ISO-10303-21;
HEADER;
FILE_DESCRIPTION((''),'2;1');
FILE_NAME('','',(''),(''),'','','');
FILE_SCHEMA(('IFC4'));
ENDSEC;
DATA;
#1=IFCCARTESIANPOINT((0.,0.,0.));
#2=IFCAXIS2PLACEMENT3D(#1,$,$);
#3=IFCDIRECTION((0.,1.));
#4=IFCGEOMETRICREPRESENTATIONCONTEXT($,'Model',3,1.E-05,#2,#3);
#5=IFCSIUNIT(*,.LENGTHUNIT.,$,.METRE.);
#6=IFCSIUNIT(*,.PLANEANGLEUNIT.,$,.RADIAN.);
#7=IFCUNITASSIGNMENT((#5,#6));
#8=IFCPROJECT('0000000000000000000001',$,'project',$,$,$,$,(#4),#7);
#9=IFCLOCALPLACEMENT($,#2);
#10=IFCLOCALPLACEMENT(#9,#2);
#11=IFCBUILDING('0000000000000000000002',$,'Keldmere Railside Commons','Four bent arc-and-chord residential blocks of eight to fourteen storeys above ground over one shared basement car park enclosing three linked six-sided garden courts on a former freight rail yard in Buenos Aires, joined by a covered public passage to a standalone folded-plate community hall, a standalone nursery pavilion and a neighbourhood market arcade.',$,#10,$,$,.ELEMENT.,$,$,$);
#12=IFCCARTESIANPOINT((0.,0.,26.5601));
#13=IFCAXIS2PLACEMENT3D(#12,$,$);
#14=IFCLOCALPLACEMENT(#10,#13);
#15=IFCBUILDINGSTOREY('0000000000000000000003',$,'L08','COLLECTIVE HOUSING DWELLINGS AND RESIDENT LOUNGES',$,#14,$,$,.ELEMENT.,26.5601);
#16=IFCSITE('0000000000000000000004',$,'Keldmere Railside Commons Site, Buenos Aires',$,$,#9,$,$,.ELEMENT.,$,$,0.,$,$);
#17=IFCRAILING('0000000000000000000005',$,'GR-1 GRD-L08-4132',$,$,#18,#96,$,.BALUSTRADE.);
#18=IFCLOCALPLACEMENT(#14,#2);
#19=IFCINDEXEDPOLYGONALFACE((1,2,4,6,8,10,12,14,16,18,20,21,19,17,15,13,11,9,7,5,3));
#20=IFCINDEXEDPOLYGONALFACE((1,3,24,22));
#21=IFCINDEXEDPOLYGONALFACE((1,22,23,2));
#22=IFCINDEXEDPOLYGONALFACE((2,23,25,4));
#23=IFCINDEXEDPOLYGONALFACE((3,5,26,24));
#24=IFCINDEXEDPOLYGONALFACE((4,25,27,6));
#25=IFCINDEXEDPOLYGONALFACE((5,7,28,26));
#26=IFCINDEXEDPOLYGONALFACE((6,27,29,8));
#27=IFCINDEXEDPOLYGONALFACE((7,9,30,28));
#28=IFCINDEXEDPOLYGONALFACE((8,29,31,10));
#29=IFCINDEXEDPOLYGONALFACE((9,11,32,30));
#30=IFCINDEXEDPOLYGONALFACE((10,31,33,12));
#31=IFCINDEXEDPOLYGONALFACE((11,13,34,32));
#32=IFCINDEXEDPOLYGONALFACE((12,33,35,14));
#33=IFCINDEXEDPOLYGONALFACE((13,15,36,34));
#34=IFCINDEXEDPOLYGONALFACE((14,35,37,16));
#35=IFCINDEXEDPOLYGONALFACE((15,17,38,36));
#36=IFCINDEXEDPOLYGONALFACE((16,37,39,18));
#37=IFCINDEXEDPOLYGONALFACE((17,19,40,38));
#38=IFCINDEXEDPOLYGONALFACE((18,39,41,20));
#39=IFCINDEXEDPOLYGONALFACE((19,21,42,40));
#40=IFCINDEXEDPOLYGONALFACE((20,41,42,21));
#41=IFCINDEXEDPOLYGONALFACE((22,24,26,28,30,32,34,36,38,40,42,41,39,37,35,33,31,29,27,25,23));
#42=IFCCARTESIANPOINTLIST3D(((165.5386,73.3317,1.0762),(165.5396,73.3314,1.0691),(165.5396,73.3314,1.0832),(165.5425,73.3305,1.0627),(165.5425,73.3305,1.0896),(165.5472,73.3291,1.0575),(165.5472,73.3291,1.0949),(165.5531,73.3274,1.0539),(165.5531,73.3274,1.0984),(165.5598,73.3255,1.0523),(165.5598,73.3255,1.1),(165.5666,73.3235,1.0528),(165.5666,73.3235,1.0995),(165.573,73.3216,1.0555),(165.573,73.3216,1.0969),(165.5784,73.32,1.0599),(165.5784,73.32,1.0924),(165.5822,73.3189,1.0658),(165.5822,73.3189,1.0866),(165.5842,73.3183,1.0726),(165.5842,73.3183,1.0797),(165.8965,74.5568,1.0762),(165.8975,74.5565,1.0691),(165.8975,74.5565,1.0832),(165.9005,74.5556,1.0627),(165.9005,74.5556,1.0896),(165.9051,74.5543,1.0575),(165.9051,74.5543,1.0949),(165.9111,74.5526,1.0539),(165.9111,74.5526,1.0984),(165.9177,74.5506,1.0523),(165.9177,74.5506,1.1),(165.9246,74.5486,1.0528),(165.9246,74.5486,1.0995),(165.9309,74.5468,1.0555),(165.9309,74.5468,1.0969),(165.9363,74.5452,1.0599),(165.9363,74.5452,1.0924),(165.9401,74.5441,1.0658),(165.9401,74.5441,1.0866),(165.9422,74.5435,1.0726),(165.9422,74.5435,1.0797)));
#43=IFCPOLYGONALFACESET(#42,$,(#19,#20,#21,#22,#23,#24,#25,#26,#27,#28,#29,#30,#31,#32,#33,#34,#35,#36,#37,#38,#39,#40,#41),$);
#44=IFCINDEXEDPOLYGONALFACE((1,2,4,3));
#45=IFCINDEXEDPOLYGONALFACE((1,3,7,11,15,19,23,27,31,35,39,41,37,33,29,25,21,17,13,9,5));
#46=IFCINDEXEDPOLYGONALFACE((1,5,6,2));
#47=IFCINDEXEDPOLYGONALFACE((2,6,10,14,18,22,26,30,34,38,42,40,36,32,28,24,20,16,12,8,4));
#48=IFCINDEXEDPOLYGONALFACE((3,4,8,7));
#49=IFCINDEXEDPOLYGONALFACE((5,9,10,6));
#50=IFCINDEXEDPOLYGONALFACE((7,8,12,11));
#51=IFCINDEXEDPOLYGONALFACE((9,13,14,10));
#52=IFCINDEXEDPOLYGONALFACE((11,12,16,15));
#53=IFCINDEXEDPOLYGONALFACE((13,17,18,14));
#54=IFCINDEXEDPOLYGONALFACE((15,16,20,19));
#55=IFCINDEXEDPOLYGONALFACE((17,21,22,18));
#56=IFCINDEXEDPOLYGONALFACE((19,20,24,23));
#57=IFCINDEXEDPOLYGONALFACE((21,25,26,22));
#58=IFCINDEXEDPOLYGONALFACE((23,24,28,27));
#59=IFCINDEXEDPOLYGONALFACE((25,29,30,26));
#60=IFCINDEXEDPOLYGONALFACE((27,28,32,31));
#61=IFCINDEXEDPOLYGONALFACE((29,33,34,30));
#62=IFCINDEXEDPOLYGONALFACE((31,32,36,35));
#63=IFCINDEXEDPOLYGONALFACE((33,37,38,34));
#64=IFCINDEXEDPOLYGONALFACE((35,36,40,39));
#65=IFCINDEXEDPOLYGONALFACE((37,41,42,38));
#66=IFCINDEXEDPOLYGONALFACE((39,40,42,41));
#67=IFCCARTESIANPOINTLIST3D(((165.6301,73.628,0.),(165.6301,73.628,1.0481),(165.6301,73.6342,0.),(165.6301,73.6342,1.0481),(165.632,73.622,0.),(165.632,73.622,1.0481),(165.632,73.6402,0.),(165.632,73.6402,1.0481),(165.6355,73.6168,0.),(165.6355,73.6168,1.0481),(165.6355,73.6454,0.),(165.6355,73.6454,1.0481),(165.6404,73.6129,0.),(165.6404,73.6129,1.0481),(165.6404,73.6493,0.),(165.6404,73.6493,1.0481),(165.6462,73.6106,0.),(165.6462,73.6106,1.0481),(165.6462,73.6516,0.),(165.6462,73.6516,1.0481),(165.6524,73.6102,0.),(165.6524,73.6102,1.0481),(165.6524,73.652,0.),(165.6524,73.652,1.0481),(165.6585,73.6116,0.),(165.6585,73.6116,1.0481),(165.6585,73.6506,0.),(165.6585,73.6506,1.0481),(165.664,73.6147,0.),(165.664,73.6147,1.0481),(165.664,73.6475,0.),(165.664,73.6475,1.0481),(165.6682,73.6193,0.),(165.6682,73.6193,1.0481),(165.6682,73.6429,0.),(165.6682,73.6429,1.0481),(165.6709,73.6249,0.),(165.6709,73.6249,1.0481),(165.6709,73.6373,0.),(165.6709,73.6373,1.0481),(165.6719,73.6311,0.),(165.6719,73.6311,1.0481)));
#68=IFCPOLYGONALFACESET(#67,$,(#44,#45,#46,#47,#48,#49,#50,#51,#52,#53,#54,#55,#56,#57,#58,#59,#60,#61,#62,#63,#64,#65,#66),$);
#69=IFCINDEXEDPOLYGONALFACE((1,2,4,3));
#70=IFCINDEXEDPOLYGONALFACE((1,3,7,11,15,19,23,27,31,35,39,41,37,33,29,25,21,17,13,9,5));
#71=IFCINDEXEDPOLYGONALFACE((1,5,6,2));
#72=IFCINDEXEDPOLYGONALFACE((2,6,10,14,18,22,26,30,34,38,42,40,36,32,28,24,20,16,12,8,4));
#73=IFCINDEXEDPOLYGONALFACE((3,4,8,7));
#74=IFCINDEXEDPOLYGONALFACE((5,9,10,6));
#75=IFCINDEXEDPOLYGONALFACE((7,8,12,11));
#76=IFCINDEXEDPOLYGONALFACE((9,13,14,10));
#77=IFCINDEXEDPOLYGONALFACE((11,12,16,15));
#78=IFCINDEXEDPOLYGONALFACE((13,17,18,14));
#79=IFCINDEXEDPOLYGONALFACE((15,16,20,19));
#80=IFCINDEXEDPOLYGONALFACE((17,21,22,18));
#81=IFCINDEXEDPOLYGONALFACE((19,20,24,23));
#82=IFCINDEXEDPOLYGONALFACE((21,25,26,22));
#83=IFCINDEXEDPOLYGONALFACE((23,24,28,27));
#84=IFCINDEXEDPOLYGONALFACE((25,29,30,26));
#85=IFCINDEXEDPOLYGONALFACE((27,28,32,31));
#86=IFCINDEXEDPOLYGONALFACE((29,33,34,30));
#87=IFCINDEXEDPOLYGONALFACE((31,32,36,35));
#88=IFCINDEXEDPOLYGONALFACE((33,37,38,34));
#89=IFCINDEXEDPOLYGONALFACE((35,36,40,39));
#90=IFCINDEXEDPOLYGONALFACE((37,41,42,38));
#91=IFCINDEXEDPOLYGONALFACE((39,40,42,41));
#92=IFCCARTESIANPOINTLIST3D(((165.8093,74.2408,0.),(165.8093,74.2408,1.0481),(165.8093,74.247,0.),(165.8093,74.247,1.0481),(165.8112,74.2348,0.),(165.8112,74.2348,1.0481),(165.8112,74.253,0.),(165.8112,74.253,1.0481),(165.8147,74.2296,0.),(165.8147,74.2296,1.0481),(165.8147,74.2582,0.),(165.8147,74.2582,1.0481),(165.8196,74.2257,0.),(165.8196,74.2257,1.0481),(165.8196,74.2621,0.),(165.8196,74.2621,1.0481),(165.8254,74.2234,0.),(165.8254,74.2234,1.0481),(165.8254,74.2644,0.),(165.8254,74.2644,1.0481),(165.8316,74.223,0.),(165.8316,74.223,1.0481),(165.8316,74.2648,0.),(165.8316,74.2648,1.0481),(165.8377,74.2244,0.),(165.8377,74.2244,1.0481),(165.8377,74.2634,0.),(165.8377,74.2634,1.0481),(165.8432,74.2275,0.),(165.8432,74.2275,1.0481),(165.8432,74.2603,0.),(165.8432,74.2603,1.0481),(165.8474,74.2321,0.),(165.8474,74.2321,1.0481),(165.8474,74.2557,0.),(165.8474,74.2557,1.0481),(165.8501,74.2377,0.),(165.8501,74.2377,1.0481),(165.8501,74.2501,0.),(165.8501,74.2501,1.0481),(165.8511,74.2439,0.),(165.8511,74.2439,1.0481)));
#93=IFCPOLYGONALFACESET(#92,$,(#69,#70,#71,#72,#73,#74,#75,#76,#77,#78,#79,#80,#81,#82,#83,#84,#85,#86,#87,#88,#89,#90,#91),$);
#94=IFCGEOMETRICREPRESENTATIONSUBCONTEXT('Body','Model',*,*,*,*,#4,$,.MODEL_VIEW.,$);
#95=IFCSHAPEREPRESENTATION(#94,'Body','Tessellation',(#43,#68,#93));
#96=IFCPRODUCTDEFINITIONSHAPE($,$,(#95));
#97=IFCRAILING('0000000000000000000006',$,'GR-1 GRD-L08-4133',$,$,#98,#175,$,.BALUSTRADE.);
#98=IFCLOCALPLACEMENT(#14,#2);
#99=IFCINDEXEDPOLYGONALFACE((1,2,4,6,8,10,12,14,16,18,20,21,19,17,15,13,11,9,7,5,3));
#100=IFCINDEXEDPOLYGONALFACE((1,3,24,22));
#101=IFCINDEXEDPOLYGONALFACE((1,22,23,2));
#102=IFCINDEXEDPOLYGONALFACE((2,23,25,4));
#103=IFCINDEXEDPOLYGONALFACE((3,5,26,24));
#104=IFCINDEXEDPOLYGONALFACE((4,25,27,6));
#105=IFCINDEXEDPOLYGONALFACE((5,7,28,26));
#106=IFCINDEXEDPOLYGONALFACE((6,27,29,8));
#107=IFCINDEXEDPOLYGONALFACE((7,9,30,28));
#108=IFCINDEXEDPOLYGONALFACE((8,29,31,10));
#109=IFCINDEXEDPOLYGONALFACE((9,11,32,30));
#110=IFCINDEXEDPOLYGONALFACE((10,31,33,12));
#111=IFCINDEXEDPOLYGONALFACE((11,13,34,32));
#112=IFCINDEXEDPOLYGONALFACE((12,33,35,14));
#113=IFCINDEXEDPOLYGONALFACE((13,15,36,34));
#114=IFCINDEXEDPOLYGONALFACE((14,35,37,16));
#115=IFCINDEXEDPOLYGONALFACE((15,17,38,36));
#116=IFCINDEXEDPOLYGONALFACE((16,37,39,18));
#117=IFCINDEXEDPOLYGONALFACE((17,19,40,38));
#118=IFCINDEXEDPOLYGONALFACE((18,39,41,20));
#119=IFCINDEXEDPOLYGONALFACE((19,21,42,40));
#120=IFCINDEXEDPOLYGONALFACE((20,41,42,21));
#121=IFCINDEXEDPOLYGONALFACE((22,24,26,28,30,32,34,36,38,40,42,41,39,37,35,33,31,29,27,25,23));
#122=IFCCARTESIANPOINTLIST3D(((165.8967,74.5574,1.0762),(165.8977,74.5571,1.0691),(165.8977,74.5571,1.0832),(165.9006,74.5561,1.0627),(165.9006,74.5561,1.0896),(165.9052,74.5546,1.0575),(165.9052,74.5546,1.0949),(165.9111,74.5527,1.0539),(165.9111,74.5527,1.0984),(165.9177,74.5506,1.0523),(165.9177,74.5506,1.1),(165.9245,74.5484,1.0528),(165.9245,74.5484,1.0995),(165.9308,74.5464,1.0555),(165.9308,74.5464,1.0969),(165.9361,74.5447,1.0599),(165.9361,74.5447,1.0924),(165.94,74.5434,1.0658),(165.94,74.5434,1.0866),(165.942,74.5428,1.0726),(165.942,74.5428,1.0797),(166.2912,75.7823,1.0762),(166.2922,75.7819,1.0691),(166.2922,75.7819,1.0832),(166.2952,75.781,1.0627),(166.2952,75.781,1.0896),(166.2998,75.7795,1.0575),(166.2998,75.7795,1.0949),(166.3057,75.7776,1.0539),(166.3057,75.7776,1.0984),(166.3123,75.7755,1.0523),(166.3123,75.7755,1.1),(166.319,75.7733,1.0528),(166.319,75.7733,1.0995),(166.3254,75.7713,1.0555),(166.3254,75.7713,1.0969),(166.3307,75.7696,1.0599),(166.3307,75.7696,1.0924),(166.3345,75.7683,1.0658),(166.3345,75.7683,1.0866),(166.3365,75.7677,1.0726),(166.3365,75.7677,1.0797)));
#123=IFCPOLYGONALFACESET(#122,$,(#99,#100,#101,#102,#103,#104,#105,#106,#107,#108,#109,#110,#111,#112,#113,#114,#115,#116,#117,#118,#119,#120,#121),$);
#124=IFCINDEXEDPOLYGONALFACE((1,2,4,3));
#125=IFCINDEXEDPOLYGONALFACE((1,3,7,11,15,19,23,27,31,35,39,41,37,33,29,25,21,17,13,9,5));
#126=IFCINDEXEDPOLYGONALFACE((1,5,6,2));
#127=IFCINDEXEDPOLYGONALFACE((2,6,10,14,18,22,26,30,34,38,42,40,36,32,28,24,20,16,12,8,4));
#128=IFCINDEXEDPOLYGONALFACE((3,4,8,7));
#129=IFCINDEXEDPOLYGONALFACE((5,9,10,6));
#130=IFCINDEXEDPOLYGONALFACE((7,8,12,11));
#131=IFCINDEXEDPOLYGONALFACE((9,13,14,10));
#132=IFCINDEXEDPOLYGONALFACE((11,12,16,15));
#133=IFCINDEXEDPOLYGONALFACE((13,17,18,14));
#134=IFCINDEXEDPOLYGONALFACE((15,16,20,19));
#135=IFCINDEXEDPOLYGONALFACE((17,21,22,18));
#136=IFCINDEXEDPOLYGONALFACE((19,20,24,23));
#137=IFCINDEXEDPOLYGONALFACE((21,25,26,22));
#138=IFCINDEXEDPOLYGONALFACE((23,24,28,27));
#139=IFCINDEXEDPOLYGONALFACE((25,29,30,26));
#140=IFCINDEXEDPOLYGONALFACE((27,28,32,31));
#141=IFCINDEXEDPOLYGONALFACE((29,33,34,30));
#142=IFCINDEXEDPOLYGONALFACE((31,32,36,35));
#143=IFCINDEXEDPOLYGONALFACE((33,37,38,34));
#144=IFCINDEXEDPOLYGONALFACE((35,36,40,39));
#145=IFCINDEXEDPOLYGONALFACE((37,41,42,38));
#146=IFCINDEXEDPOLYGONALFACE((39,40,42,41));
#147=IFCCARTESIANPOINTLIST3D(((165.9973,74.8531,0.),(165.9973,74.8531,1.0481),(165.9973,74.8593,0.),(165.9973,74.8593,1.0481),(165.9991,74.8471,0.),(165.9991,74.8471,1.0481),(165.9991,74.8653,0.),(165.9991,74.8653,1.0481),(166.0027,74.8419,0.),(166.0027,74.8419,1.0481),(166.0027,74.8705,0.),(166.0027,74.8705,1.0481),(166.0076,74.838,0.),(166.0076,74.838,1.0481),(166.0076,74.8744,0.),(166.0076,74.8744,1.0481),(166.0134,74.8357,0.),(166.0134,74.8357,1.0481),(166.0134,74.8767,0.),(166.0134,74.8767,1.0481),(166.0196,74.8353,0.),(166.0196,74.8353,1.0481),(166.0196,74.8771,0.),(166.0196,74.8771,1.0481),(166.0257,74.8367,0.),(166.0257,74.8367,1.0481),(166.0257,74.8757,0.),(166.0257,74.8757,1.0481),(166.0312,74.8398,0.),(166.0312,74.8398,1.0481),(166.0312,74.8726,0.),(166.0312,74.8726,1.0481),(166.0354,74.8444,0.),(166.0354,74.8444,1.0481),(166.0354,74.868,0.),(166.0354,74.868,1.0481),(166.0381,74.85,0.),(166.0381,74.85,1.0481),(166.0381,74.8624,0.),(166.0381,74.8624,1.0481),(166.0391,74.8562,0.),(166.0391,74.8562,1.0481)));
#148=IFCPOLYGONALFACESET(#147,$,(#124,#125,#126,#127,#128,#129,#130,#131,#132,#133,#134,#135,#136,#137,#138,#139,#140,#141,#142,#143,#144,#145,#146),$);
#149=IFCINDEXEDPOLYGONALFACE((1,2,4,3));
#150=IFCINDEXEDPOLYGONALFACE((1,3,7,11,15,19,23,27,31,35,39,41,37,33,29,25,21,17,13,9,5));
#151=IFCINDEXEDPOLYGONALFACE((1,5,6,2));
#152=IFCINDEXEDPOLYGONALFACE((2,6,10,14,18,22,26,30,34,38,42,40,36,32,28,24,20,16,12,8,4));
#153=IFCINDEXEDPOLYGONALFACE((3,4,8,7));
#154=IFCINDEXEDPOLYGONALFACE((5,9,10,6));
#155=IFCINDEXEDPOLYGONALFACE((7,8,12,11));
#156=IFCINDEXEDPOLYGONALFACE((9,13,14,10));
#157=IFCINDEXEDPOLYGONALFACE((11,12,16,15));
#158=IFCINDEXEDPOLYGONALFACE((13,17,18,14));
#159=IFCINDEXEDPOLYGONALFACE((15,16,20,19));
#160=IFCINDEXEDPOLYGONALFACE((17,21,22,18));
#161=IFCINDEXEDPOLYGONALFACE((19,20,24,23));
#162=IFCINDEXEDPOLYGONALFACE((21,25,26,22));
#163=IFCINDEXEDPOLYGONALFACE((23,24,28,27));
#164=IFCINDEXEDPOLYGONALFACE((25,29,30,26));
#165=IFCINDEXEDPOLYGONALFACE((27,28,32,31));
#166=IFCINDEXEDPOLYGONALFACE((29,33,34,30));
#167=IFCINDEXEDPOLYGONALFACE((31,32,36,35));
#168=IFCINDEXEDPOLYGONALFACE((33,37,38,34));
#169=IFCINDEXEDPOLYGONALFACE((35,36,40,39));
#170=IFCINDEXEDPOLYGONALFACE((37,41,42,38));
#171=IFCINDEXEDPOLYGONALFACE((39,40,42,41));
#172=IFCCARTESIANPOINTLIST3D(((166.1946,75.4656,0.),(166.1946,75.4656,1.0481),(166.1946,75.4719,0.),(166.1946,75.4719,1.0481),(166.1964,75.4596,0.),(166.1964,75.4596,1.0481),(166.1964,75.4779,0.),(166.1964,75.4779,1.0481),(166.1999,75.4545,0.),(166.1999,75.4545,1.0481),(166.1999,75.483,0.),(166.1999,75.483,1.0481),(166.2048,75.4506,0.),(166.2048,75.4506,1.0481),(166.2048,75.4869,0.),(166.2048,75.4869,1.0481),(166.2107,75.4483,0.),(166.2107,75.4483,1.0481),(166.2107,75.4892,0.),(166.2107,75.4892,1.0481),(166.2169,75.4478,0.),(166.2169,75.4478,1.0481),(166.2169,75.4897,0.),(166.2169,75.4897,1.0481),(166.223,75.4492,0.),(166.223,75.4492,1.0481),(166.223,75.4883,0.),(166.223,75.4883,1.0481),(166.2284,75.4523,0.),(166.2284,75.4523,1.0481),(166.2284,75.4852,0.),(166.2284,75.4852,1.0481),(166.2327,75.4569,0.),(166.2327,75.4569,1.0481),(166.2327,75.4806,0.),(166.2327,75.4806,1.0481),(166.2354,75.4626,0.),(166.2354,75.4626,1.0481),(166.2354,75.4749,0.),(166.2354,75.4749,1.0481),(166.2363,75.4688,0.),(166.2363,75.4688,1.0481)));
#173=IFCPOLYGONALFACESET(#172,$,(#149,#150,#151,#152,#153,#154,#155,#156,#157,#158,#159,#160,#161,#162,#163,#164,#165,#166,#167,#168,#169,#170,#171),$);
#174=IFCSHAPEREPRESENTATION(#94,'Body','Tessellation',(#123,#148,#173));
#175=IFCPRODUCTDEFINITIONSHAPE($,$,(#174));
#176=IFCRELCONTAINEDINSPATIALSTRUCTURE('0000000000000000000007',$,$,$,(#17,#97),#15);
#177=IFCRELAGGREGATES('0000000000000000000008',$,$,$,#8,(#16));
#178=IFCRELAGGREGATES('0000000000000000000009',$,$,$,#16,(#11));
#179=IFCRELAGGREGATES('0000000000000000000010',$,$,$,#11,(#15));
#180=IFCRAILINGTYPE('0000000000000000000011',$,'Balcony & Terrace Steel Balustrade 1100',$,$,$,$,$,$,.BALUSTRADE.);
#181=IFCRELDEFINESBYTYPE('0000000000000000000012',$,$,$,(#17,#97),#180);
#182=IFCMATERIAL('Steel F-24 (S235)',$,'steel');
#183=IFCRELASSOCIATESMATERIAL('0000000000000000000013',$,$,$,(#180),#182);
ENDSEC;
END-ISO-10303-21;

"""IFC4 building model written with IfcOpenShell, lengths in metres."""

from ifc_helpers import new_model, si_unit, direction, frame, origin, origin_2d, place, context, subcontext, project, spatial, circle, extrude, material, type_object, element, save


model = new_model("IFC4")

# Units and contexts
model_context = context("Model", 3, precision=1e-05, world=origin(), true_north=direction((0.0, 1.0)))
body_context = subcontext(model_context, "Body", "Model", "MODEL_VIEW")
ifc_project = project(units=[si_unit("LENGTHUNIT", "METRE"), si_unit("PLANEANGLEUNIT", "RADIAN")], contexts=[model_context])

# Site, building, storey
site_placement = place(None, origin())
site = spatial("IfcSite", under=ifc_project, at=site_placement, Name="Keldmere Railside Commons Site, Buenos Aires", CompositionType="ELEMENT", RefElevation=0.0)
building_placement = place(site_placement, origin())
building = spatial("IfcBuilding", under=site, at=building_placement, Name="Keldmere Railside Commons", Description="Four bent arc-and-chord residential blocks of eight to fourteen storeys above ground over one shared basement car park enclosing three linked six-sided garden courts on a former freight rail yard in Buenos Aires, joined by a covered public passage to a standalone folded-plate community hall, a standalone nursery pavilion and a neighbourhood market arcade.", CompositionType="ELEMENT")
storey_placement = place(building_placement, frame((0.0, 0.0, 26.5601)))
storey = spatial("IfcBuildingStorey", under=building, at=storey_placement, Name="L08", Description="COLLECTIVE HOUSING DWELLINGS AND RESIDENT LOUNGES", CompositionType="ELEMENT", Elevation=26.5601)

# Railings
ifc_material_1 = material(Name="Steel F-24 (S235)", Category="steel")
railing_type = type_object("IfcRailingType", Name="Balcony & Terrace Steel Balustrade 1100", PredefinedType="BALUSTRADE", material=ifc_material_1)
railing_1_placement = place(storey_placement, frame((165.5615, 73.325, 0.0)))
element("IfcRailing", 1, at=railing_1_placement, inside=storey, type_object=railing_type, Name="GR-1 GRD-L08-4132", PredefinedType="BALUSTRADE", context=body_context, shape_type="SweptSolid", body=[
    extrude(circle(Radius=0.0239, at=origin_2d()), frame((0.0, 0.0, 1.0762), z_axis=(0.280426, 0.959876, 0.0), x_axis=(-0.959876, 0.280426, 0.0)), (0.0, 0.0, 1.0), 1.2764),
    extrude(circle(Radius=0.021, at=origin_2d()), frame((0.0894, 0.3062, 0.0)), (0.0, 0.0, 1.0), 1.0481),
    extrude(circle(Radius=0.021, at=origin_2d()), frame((0.2686, 0.9189, 0.0)), (0.0, 0.0, 1.0), 1.0481),
])
railing_2_placement = place(storey_placement, frame((165.9194, 74.55, 0.0)))
element("IfcRailing", 2, at=railing_2_placement, inside=storey, type_object=railing_type, Name="GR-1 GRD-L08-4133", PredefinedType="BALUSTRADE", context=body_context, shape_type="SweptSolid", body=[
    extrude(circle(Radius=0.0239, at=origin_2d()), frame((0.0, 0.0, 1.0762), z_axis=(0.306593, 0.951841, 0.0), x_axis=(-0.951841, 0.306593, 0.0)), (0.0, 0.0, 1.0), 1.2869),
    extrude(circle(Radius=0.021, at=origin_2d()), frame((0.0986, 0.3062, 0.0)), (0.0, 0.0, 1.0), 1.0481),
    extrude(circle(Radius=0.021, at=origin_2d()), frame((0.2959, 0.9187, 0.0)), (0.0, 0.0, 1.0), 1.0481),
])

save(model, "model.ifc")
